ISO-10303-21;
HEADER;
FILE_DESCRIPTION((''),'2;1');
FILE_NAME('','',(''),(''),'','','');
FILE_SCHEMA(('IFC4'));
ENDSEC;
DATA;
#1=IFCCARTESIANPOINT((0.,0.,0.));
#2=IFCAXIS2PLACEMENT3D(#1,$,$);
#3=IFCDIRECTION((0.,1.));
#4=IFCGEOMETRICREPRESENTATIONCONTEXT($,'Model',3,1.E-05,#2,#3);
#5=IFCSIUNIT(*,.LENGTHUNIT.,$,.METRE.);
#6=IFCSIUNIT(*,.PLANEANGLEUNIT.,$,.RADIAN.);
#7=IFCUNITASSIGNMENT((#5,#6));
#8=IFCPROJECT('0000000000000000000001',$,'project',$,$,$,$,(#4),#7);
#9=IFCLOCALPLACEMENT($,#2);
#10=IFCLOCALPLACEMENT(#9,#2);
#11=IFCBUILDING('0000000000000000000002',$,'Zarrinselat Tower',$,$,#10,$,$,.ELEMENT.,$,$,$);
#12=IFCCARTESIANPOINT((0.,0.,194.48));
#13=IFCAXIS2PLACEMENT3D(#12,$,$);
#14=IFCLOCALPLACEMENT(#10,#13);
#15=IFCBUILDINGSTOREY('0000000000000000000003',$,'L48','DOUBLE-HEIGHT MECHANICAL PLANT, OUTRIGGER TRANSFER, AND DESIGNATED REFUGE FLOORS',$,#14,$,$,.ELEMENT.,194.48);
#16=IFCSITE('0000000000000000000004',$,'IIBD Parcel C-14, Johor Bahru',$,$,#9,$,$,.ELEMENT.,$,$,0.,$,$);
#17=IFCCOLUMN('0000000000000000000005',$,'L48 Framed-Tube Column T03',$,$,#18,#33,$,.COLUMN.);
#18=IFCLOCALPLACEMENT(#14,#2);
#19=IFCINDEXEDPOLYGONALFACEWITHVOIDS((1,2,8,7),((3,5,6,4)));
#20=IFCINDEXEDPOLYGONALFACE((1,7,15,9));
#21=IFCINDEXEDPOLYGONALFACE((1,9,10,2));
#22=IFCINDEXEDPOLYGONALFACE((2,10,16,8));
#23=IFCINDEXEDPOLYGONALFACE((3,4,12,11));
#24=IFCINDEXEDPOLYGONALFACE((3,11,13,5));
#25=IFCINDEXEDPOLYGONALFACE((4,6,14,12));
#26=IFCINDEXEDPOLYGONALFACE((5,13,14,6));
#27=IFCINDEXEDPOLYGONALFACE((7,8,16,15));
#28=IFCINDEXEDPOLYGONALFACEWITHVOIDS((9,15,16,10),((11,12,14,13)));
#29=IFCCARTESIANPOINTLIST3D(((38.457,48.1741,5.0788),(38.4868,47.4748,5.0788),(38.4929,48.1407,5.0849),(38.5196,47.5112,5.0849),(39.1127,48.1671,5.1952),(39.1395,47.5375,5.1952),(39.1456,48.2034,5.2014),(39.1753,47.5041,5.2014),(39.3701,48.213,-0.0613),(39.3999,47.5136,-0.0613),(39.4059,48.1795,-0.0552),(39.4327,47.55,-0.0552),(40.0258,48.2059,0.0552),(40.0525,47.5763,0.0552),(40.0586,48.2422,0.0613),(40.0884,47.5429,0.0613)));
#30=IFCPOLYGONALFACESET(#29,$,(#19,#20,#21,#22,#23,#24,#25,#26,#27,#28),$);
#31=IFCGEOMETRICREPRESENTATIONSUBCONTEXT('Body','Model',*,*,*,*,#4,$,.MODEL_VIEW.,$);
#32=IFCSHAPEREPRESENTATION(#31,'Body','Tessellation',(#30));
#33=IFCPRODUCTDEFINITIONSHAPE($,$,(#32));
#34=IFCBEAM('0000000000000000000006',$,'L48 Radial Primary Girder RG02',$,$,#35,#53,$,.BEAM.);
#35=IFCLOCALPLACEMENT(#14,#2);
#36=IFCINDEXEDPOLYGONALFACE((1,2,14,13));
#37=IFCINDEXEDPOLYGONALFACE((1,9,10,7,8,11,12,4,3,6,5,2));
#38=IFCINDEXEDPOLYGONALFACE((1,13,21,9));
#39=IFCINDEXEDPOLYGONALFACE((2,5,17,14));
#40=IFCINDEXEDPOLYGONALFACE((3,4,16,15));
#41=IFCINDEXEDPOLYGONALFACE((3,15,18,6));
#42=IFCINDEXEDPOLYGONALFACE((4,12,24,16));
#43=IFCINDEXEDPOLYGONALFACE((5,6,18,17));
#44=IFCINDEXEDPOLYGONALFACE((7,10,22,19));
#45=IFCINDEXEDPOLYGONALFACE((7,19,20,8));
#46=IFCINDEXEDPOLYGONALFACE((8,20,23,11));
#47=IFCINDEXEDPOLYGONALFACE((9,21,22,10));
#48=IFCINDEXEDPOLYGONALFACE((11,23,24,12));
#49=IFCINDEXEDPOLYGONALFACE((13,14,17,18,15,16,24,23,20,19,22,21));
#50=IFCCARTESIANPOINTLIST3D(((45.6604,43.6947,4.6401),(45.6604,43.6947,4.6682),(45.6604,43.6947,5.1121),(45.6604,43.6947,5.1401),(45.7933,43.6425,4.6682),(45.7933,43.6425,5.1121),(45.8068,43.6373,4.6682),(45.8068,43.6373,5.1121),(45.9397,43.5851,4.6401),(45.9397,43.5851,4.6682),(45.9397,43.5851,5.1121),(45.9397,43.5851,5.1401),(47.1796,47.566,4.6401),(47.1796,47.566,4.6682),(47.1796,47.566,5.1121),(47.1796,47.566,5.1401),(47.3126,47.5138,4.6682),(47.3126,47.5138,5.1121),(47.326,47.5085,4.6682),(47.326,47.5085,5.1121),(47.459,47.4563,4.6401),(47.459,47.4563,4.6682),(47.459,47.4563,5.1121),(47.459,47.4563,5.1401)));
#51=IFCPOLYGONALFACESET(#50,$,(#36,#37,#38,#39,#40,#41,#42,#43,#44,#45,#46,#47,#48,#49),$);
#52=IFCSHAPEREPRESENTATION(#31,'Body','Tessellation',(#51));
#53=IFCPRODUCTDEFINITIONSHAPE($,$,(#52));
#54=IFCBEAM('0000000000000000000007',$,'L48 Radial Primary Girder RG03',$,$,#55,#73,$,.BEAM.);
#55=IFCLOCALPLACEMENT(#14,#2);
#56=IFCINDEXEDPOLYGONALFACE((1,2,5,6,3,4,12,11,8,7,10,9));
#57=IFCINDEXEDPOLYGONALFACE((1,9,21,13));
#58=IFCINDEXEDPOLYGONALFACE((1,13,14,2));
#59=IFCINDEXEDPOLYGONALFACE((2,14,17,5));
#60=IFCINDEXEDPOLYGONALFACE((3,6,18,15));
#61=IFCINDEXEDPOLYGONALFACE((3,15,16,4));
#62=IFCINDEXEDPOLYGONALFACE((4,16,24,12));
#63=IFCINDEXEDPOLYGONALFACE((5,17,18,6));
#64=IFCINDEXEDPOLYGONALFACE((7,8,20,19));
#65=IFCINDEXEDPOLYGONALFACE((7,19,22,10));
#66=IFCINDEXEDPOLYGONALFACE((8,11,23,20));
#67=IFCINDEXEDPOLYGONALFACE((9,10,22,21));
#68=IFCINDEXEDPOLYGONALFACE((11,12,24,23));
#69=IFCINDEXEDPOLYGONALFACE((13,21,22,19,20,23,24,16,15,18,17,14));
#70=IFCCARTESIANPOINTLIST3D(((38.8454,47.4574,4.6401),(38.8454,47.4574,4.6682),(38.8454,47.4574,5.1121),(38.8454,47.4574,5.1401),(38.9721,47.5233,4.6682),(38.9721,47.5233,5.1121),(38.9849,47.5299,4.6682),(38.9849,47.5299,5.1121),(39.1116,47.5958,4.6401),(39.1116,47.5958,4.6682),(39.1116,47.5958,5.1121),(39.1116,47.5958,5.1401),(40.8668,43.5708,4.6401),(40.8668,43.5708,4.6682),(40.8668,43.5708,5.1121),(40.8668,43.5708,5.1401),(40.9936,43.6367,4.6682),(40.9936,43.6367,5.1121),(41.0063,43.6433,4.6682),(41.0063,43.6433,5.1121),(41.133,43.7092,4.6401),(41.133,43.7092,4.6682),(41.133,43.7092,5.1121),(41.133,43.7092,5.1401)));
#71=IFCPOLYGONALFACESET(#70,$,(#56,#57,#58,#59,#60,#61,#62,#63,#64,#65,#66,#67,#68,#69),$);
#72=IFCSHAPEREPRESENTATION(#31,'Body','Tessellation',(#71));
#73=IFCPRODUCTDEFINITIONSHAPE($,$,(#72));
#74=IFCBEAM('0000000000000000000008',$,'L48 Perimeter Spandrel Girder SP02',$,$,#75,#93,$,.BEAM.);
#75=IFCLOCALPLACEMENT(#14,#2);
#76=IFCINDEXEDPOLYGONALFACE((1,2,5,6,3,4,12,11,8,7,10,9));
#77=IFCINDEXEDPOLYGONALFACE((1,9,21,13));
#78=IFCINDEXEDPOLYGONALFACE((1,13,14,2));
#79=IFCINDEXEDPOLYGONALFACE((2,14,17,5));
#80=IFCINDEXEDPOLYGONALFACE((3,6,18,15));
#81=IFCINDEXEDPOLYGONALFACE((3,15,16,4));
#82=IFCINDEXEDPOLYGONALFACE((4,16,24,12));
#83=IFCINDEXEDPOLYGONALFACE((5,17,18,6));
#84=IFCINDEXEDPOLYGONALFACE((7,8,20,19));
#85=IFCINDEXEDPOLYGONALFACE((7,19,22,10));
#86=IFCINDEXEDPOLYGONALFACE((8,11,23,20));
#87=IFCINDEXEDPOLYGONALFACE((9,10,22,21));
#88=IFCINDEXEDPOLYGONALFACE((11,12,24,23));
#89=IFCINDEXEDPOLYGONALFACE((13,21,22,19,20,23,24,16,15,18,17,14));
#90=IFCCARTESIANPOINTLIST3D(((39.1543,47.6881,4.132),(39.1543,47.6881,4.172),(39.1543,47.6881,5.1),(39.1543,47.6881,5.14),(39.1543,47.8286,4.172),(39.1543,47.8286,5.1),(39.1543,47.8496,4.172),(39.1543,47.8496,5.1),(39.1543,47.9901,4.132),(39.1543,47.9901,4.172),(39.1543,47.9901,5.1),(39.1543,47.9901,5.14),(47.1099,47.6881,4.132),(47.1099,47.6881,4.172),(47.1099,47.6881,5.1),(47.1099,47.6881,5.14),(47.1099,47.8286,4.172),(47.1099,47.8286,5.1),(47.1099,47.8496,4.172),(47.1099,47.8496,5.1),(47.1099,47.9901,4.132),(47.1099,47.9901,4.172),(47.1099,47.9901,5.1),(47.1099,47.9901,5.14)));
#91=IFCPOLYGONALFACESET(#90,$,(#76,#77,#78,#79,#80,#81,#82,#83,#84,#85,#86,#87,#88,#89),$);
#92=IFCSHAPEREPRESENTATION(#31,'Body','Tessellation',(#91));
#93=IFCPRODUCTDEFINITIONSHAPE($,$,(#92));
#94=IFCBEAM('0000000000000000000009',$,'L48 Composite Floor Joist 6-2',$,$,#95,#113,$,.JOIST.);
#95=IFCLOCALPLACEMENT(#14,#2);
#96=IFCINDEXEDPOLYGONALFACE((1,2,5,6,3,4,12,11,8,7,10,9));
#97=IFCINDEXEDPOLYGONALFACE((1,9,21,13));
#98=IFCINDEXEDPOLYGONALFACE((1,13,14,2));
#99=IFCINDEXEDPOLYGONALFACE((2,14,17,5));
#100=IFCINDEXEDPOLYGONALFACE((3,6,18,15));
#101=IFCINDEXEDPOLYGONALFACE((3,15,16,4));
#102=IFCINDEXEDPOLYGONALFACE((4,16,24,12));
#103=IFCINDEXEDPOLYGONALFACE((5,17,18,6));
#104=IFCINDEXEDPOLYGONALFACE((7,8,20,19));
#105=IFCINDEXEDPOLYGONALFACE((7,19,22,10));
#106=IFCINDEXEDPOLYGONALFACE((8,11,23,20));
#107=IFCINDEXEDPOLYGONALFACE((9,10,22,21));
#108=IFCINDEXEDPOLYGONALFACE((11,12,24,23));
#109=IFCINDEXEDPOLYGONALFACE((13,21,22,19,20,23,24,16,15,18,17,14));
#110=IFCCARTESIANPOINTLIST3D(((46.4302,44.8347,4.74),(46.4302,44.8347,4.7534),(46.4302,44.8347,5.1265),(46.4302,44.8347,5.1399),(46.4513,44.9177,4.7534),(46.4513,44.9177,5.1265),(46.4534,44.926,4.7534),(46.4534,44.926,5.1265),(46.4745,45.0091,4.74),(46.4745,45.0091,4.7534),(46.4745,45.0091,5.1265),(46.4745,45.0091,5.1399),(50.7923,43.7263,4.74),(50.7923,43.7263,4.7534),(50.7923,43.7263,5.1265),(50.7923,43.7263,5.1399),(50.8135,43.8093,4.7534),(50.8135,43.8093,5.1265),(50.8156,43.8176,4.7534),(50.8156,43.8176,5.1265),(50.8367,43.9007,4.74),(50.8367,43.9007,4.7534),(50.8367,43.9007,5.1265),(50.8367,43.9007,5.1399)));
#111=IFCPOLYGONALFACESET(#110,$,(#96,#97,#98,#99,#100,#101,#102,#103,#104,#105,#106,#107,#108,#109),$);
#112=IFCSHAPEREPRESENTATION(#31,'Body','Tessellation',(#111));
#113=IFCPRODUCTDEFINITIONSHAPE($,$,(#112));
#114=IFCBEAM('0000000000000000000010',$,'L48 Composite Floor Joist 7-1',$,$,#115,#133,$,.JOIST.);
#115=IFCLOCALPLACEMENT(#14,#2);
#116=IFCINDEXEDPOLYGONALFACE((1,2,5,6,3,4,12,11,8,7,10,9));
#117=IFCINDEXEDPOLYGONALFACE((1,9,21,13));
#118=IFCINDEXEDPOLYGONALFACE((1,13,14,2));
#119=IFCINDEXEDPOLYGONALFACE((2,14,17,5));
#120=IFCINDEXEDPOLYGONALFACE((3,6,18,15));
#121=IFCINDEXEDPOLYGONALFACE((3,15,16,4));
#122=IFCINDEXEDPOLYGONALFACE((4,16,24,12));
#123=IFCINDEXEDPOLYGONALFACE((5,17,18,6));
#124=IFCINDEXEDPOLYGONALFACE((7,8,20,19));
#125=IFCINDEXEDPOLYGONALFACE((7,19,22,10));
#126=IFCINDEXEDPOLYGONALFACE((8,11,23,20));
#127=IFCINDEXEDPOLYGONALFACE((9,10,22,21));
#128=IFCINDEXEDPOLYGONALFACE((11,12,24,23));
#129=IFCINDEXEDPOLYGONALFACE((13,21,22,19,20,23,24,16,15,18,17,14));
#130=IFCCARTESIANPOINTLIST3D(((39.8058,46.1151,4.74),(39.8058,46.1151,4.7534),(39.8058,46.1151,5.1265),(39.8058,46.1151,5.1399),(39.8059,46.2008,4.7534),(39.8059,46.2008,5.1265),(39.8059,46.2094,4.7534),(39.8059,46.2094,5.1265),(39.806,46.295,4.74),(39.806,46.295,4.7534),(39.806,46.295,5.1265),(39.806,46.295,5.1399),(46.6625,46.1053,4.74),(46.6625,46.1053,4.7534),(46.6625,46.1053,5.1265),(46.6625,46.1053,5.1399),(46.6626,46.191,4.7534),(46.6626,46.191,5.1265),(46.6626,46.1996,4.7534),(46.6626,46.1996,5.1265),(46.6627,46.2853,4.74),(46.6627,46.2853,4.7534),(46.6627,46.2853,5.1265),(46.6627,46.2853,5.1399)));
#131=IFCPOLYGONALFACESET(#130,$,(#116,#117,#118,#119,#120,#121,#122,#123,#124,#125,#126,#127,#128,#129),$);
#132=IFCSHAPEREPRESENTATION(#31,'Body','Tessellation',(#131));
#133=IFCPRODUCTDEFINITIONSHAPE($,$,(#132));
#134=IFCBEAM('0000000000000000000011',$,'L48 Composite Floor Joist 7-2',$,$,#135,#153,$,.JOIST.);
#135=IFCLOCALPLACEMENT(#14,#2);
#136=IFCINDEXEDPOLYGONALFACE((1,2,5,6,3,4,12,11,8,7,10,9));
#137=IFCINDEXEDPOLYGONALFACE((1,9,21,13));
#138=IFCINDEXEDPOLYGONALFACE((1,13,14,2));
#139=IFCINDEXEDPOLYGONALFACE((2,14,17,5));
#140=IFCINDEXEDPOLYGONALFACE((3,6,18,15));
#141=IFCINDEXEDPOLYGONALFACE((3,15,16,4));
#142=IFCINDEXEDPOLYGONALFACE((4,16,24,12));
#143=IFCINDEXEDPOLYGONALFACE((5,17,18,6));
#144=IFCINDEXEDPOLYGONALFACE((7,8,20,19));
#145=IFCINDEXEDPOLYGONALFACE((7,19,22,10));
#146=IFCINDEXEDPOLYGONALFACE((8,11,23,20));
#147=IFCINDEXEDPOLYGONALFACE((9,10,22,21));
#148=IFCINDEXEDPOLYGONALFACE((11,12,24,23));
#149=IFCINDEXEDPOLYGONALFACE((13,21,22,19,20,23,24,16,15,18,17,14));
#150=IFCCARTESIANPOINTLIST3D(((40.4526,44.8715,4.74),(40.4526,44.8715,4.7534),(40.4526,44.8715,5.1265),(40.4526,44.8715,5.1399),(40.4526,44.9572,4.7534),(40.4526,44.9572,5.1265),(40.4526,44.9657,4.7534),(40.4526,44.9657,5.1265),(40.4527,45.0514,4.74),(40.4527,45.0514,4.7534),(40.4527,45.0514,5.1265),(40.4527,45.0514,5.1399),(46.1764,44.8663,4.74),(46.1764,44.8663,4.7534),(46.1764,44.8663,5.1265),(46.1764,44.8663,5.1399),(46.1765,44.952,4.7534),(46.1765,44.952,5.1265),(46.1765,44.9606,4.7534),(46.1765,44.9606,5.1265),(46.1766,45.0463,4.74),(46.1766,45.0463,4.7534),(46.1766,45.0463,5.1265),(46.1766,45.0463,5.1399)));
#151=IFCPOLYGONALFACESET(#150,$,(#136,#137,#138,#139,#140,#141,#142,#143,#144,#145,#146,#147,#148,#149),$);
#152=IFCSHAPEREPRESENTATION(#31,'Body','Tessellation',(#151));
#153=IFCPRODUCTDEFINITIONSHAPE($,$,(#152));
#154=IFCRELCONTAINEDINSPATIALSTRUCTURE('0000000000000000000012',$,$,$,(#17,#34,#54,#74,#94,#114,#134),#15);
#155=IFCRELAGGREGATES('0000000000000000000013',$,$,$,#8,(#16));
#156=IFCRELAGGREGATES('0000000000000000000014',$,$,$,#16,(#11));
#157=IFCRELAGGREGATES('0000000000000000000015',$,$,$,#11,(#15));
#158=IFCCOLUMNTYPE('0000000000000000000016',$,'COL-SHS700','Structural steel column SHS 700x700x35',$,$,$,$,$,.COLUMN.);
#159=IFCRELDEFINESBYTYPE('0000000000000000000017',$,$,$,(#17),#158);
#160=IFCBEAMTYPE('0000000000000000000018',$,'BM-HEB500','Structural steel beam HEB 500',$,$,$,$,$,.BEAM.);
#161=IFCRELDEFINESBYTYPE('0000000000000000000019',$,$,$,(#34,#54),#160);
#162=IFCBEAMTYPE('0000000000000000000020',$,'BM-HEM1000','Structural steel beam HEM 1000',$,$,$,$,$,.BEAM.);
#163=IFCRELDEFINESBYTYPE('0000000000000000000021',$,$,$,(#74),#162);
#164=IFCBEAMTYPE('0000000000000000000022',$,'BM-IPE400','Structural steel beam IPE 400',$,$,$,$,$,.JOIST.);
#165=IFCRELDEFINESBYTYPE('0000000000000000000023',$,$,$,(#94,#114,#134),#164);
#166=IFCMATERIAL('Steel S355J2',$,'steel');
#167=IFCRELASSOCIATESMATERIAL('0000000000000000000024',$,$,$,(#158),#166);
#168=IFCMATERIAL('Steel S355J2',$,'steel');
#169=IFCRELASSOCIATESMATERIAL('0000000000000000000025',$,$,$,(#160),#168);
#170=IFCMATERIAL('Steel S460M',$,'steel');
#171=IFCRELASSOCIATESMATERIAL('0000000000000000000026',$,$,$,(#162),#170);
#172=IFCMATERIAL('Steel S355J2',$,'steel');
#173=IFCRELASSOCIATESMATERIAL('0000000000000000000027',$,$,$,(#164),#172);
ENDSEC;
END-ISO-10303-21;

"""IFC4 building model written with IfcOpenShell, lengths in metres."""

from ifc_helpers import new_model, si_unit, direction, frame, origin, origin_2d, place, context, subcontext, project, spatial, hollow_rectangle, i_section, extrude, material, material_profile, profile_set, type_object, element, save


model = new_model("IFC4")

# Units and contexts
model_context = context("Model", 3, precision=1e-05, world=origin(), true_north=direction((0.0, 1.0)))
body_context = subcontext(model_context, "Body", "Model", "MODEL_VIEW")
ifc_project = project(units=[si_unit("LENGTHUNIT", "METRE"), si_unit("PLANEANGLEUNIT", "RADIAN")], contexts=[model_context])

# Site, building, storey
site_placement = place(None, origin())
site = spatial("IfcSite", under=ifc_project, at=site_placement, Name="IIBD Parcel C-14, Johor Bahru", CompositionType="ELEMENT", RefElevation=0.0)
building_placement = place(site_placement, origin())
building = spatial("IfcBuilding", under=site, at=building_placement, Name="Zarrinselat Tower", CompositionType="ELEMENT")
storey_placement = place(building_placement, frame((0.0, 0.0, 194.48)))
storey = spatial("IfcBuildingStorey", under=building, at=storey_placement, Name="L48", Description="DOUBLE-HEIGHT MECHANICAL PLANT, OUTRIGGER TRANSFER, AND DESIGNATED REFUGE FLOORS", CompositionType="ELEMENT", Elevation=194.48)

# Column
ifc_material_1 = material(Name="Steel S355J2", Category="steel")
ifc_material_profile_1 = material_profile(ifc_material_1, hollow_rectangle(XDim=0.7, YDim=0.7, WallThickness=0.0349, at=origin_2d()), Name="SHS 700x700x35")
ifc_profile_set_1 = profile_set([ifc_material_profile_1], Name="Steel S355J2")
column_type = type_object("IfcColumnType", Name="COL-SHS700", Description="Structural steel column SHS 700x700x35", PredefinedType="COLUMN", material=ifc_profile_set_1)
column_placement = place(storey_placement, frame((39.7292, 47.8779, 0.0), z_axis=(-0.174896, -0.007435, 0.984559), x_axis=(0.042475, -0.999098, 0.0)))
element("IfcColumn", 1, at=column_placement, inside=storey, type_object=column_type, Name="L48 Framed-Tube Column T03", PredefinedType="COLUMN", context=body_context, shape_type="SweptSolid", body=[
    extrude(hollow_rectangle(XDim=0.7, YDim=0.7, WallThickness=0.0349, at=origin_2d()), origin(), (0.0, 0.0, 1.0), 5.2207),
])

# Beams
ifc_material_2 = material(Name="Steel S355J2", Category="steel")
ifc_material_profile_2 = material_profile(ifc_material_2, i_section(OverallWidth=0.3, OverallDepth=0.5, WebThickness=0.0144, FlangeThickness=0.0281, at=origin_2d()), Name="HEB 500")
ifc_profile_set_2 = profile_set([ifc_material_profile_2], Name="Steel S355J2")
beam_type_1 = type_object("IfcBeamType", Name="BM-HEB500", Description="Structural steel beam HEB 500", PredefinedType="BEAM", material=ifc_profile_set_2)
beam_1_placement = place(storey_placement, frame((45.8, 43.6399, 4.8901), z_axis=(0.36532, 0.930882, 0.0), x_axis=(-0.930882, 0.36532, 0.0)))
element("IfcBeam", 2, at=beam_1_placement, inside=storey, type_object=beam_type_1, Name="L48 Radial Primary Girder RG02", PredefinedType="BEAM", context=body_context, shape_type="SweptSolid", body=[
    extrude(i_section(OverallWidth=0.3, OverallDepth=0.5, WebThickness=0.0144, FlangeThickness=0.0281, at=origin_2d()), origin(), (0.0, 0.0, 1.0), 4.1587),
])
beam_2_placement = place(storey_placement, frame((38.9785, 47.5266, 4.8901), z_axis=(0.461423, -0.88718, 0.0), x_axis=(0.88718, 0.461423, 0.0)))
element("IfcBeam", 3, at=beam_2_placement, inside=storey, type_object=beam_type_1, Name="L48 Radial Primary Girder RG03", PredefinedType="BEAM", context=body_context, shape_type="SweptSolid", body=[
    extrude(i_section(OverallWidth=0.3, OverallDepth=0.5, WebThickness=0.0144, FlangeThickness=0.0281, at=origin_2d()), origin(), (0.0, 0.0, 1.0), 4.3809),
])
ifc_material_3 = material(Name="Steel S460M", Category="steel")
ifc_material_profile_3 = material_profile(ifc_material_3, i_section(OverallWidth=0.302, OverallDepth=1.0081, WebThickness=0.021, FlangeThickness=0.04, at=origin_2d()), Name="HEM 1000")
ifc_profile_set_3 = profile_set([ifc_material_profile_3], Name="Steel S460M")
beam_type_2 = type_object("IfcBeamType", Name="BM-HEM1000", Description="Structural steel beam HEM 1000", PredefinedType="BEAM", material=ifc_profile_set_3)
beam_3_placement = place(storey_placement, frame((39.1543, 47.8391, 4.636), z_axis=(1.0, 0.0, 0.0), x_axis=(0.0, 1.0, 0.0)))
element("IfcBeam", 4, at=beam_3_placement, inside=storey, type_object=beam_type_2, Name="L48 Perimeter Spandrel Girder SP02", PredefinedType="BEAM", context=body_context, shape_type="SweptSolid", body=[
    extrude(i_section(OverallWidth=0.302, OverallDepth=1.0081, WebThickness=0.021, FlangeThickness=0.04, at=origin_2d()), origin(), (0.0, 0.0, 1.0), 7.9556),
])
ifc_material_4 = material(Name="Steel S355J2", Category="steel")
ifc_material_profile_4 = material_profile(ifc_material_4, i_section(OverallWidth=0.1799, OverallDepth=0.3999, WebThickness=0.0085, FlangeThickness=0.0134, at=origin_2d()), Name="IPE 400")
ifc_profile_set_4 = profile_set([ifc_material_profile_4], Name="Steel S355J2")
beam_type_3 = type_object("IfcBeamType", Name="BM-IPE400", Description="Structural steel beam IPE 400", PredefinedType="JOIST", material=ifc_profile_set_4)
beam_4_placement = place(storey_placement, frame((46.4524, 44.9219, 4.9399), z_axis=(0.9692, -0.246274, 0.0), x_axis=(0.246274, 0.9692, 0.0)))
element("IfcBeam", 5, at=beam_4_placement, inside=storey, type_object=beam_type_3, Name="L48 Composite Floor Joist 6-2", PredefinedType="JOIST", context=body_context, shape_type="SweptSolid", body=[
    extrude(i_section(OverallWidth=0.1799, OverallDepth=0.3999, WebThickness=0.0085, FlangeThickness=0.0134, at=origin_2d()), origin(), (0.0, 0.0, 1.0), 4.5007),
])
beam_5_placement = place(storey_placement, frame((39.8059, 46.2051, 4.9399), z_axis=(0.999999, -0.001424, 0.0), x_axis=(0.001424, 0.999999, 0.0)))
element("IfcBeam", 6, at=beam_5_placement, inside=storey, type_object=beam_type_3, Name="L48 Composite Floor Joist 7-1", PredefinedType="JOIST", context=body_context, shape_type="SweptSolid", body=[
    extrude(i_section(OverallWidth=0.1799, OverallDepth=0.3999, WebThickness=0.0085, FlangeThickness=0.0134, at=origin_2d()), origin(), (0.0, 0.0, 1.0), 6.8567),
])
beam_6_placement = place(storey_placement, frame((40.4526, 44.9614, 4.9399), z_axis=(1.0, -0.000896, 0.0), x_axis=(0.000896, 1.0, 0.0)))
element("IfcBeam", 7, at=beam_6_placement, inside=storey, type_object=beam_type_3, Name="L48 Composite Floor Joist 7-2", PredefinedType="JOIST", context=body_context, shape_type="SweptSolid", body=[
    extrude(i_section(OverallWidth=0.1799, OverallDepth=0.3999, WebThickness=0.0085, FlangeThickness=0.0134, at=origin_2d()), origin(), (0.0, 0.0, 1.0), 5.7239),
])

save(model, "model.ifc")
